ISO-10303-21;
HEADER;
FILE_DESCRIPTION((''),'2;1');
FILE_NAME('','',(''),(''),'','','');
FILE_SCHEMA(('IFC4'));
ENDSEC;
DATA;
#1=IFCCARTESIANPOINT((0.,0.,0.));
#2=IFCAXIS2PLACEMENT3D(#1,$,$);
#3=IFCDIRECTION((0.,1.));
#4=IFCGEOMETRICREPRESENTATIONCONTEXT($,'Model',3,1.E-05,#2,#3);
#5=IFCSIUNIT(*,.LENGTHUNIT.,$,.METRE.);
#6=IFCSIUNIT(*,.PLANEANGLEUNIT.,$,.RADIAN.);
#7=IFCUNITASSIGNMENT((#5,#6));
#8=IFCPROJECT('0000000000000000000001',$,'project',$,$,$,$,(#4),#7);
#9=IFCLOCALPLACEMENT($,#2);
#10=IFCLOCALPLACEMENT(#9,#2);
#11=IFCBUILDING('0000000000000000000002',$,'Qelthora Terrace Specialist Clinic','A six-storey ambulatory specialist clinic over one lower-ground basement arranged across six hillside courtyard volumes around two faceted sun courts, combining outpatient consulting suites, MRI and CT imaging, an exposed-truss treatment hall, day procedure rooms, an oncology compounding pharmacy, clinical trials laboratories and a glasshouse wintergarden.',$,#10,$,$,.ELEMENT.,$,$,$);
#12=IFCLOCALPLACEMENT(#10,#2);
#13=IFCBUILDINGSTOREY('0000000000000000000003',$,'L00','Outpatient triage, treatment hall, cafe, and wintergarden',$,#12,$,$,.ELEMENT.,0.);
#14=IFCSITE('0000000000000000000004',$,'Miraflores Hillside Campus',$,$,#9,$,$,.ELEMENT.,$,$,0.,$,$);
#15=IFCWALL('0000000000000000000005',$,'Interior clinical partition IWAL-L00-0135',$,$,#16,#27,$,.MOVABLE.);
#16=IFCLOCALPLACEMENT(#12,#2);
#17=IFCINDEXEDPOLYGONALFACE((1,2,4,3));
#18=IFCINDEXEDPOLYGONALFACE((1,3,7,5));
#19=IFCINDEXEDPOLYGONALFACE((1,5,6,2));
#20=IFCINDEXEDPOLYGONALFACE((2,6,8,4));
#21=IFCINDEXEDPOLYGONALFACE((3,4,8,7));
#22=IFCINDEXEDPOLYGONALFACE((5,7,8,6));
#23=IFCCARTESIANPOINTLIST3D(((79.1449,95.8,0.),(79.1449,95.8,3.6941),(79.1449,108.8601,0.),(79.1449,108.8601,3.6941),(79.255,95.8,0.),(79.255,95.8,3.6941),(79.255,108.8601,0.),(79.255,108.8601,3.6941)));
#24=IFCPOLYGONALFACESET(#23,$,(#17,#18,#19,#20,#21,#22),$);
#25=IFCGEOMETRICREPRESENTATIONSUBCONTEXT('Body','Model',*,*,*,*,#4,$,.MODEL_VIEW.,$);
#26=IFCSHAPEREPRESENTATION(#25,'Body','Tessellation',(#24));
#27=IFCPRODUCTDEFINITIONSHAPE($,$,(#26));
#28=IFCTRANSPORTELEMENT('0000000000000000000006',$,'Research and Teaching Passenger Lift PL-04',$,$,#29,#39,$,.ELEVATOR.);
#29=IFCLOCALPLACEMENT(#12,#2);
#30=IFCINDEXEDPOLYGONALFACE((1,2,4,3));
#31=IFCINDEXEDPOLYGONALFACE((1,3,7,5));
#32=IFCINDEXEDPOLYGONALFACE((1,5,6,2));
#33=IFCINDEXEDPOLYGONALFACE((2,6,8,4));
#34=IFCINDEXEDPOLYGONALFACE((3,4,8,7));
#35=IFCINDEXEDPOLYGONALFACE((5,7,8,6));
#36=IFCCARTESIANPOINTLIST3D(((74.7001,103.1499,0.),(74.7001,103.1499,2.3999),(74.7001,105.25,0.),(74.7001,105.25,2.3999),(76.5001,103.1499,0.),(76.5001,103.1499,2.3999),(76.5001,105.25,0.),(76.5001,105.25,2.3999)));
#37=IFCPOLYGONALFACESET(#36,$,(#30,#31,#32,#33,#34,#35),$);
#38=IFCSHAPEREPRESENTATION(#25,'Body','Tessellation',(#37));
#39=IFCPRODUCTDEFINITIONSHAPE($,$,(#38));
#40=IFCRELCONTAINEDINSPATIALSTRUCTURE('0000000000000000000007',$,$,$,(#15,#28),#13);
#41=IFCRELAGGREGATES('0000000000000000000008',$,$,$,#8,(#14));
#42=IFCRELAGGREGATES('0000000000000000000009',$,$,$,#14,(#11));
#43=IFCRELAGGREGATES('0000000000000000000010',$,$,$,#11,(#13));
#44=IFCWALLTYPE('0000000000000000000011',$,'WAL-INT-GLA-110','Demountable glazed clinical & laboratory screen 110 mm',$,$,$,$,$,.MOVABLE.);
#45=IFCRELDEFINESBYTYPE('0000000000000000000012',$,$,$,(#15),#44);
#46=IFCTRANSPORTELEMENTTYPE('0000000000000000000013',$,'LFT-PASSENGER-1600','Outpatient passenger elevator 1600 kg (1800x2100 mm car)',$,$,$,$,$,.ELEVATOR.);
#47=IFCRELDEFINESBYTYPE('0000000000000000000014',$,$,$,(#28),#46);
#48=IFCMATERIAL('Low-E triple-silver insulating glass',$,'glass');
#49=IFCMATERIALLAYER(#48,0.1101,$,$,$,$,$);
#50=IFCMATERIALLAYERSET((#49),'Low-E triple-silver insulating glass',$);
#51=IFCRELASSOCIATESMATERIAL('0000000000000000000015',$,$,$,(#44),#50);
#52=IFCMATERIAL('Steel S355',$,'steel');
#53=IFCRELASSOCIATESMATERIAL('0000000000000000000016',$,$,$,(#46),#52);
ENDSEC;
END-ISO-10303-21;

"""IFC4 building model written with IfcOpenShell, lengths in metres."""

from ifc_helpers import new_model, si_unit, direction, frame, frame_2d, origin, origin_2d, place, context, subcontext, project, spatial, rectangle, extrude, material, layer, layer_set, type_object, element, save


model = new_model("IFC4")

# Units and contexts
model_context = context("Model", 3, precision=1e-05, world=origin(), true_north=direction((0.0, 1.0)))
body_context = subcontext(model_context, "Body", "Model", "MODEL_VIEW")
ifc_project = project(units=[si_unit("LENGTHUNIT", "METRE"), si_unit("PLANEANGLEUNIT", "RADIAN")], contexts=[model_context])

# Site, building, storey
site_placement = place(None, origin())
site = spatial("IfcSite", under=ifc_project, at=site_placement, Name="Miraflores Hillside Campus", CompositionType="ELEMENT", RefElevation=0.0)
building_placement = place(site_placement, origin())
building = spatial("IfcBuilding", under=site, at=building_placement, Name="Qelthora Terrace Specialist Clinic", Description="A six-storey ambulatory specialist clinic over one lower-ground basement arranged across six hillside courtyard volumes around two faceted sun courts, combining outpatient consulting suites, MRI and CT imaging, an exposed-truss treatment hall, day procedure rooms, an oncology compounding pharmacy, clinical trials laboratories and a glasshouse wintergarden.", CompositionType="ELEMENT")
storey_placement = place(building_placement, origin())
storey = spatial("IfcBuildingStorey", under=building, at=storey_placement, Name="L00", Description="Outpatient triage, treatment hall, cafe, and wintergarden", CompositionType="ELEMENT", Elevation=0.0)

# Shared definitions
ifc_material_1 = material(Name="Steel S355", Category="steel")

# Shared definitions
ifc_material_2 = material(Name="Low-E triple-silver insulating glass", Category="glass")

# Wall
ifc_layer_1 = layer(ifc_material_2, 0.1101)
ifc_layer_set_1 = layer_set([ifc_layer_1], Name="Low-E triple-silver insulating glass")
wall_type_1 = type_object("IfcWallType", Name="WAL-INT-GLA-110", Description="Demountable glazed clinical & laboratory screen 110 mm", PredefinedType="MOVABLE", material=ifc_layer_set_1)
wall_1_placement = place(storey_placement, frame((79.2, 95.8, 0.0), z_axis=(0.0, 0.0, 1.0), x_axis=(0.0, 1.0, 0.0)))
element("IfcWall", 1, at=wall_1_placement, inside=storey, type_object=wall_type_1, Name="Interior clinical partition IWAL-L00-0135", PredefinedType="MOVABLE", context=body_context, shape_type="SweptSolid", body=[
    extrude(rectangle(XDim=13.0601, YDim=0.1101, at=frame_2d((6.53, 0.0))), origin(), (0.0, 0.0, 1.0), 3.6941),
])

# Transport element
transport_element_type = type_object("IfcTransportElementType", Name="LFT-PASSENGER-1600", Description="Outpatient passenger elevator 1600 kg (1800x2100 mm car)", PredefinedType="ELEVATOR", material=ifc_material_1)
transport_element_placement = place(storey_placement, frame((75.6001, 104.2, 0.0), z_axis=(0.0, 0.0, 1.0), x_axis=(1.0, 0.0, 0.0)))
element("IfcTransportElement", 2, at=transport_element_placement, inside=storey, type_object=transport_element_type, Name="Research and Teaching Passenger Lift PL-04", PredefinedType="ELEVATOR", context=body_context, shape_type="SweptSolid", body=[
    extrude(rectangle(XDim=1.8, YDim=2.1001, at=origin_2d()), origin(), (0.0, 0.0, 1.0), 2.3999),
])

save(model, "model.ifc")
